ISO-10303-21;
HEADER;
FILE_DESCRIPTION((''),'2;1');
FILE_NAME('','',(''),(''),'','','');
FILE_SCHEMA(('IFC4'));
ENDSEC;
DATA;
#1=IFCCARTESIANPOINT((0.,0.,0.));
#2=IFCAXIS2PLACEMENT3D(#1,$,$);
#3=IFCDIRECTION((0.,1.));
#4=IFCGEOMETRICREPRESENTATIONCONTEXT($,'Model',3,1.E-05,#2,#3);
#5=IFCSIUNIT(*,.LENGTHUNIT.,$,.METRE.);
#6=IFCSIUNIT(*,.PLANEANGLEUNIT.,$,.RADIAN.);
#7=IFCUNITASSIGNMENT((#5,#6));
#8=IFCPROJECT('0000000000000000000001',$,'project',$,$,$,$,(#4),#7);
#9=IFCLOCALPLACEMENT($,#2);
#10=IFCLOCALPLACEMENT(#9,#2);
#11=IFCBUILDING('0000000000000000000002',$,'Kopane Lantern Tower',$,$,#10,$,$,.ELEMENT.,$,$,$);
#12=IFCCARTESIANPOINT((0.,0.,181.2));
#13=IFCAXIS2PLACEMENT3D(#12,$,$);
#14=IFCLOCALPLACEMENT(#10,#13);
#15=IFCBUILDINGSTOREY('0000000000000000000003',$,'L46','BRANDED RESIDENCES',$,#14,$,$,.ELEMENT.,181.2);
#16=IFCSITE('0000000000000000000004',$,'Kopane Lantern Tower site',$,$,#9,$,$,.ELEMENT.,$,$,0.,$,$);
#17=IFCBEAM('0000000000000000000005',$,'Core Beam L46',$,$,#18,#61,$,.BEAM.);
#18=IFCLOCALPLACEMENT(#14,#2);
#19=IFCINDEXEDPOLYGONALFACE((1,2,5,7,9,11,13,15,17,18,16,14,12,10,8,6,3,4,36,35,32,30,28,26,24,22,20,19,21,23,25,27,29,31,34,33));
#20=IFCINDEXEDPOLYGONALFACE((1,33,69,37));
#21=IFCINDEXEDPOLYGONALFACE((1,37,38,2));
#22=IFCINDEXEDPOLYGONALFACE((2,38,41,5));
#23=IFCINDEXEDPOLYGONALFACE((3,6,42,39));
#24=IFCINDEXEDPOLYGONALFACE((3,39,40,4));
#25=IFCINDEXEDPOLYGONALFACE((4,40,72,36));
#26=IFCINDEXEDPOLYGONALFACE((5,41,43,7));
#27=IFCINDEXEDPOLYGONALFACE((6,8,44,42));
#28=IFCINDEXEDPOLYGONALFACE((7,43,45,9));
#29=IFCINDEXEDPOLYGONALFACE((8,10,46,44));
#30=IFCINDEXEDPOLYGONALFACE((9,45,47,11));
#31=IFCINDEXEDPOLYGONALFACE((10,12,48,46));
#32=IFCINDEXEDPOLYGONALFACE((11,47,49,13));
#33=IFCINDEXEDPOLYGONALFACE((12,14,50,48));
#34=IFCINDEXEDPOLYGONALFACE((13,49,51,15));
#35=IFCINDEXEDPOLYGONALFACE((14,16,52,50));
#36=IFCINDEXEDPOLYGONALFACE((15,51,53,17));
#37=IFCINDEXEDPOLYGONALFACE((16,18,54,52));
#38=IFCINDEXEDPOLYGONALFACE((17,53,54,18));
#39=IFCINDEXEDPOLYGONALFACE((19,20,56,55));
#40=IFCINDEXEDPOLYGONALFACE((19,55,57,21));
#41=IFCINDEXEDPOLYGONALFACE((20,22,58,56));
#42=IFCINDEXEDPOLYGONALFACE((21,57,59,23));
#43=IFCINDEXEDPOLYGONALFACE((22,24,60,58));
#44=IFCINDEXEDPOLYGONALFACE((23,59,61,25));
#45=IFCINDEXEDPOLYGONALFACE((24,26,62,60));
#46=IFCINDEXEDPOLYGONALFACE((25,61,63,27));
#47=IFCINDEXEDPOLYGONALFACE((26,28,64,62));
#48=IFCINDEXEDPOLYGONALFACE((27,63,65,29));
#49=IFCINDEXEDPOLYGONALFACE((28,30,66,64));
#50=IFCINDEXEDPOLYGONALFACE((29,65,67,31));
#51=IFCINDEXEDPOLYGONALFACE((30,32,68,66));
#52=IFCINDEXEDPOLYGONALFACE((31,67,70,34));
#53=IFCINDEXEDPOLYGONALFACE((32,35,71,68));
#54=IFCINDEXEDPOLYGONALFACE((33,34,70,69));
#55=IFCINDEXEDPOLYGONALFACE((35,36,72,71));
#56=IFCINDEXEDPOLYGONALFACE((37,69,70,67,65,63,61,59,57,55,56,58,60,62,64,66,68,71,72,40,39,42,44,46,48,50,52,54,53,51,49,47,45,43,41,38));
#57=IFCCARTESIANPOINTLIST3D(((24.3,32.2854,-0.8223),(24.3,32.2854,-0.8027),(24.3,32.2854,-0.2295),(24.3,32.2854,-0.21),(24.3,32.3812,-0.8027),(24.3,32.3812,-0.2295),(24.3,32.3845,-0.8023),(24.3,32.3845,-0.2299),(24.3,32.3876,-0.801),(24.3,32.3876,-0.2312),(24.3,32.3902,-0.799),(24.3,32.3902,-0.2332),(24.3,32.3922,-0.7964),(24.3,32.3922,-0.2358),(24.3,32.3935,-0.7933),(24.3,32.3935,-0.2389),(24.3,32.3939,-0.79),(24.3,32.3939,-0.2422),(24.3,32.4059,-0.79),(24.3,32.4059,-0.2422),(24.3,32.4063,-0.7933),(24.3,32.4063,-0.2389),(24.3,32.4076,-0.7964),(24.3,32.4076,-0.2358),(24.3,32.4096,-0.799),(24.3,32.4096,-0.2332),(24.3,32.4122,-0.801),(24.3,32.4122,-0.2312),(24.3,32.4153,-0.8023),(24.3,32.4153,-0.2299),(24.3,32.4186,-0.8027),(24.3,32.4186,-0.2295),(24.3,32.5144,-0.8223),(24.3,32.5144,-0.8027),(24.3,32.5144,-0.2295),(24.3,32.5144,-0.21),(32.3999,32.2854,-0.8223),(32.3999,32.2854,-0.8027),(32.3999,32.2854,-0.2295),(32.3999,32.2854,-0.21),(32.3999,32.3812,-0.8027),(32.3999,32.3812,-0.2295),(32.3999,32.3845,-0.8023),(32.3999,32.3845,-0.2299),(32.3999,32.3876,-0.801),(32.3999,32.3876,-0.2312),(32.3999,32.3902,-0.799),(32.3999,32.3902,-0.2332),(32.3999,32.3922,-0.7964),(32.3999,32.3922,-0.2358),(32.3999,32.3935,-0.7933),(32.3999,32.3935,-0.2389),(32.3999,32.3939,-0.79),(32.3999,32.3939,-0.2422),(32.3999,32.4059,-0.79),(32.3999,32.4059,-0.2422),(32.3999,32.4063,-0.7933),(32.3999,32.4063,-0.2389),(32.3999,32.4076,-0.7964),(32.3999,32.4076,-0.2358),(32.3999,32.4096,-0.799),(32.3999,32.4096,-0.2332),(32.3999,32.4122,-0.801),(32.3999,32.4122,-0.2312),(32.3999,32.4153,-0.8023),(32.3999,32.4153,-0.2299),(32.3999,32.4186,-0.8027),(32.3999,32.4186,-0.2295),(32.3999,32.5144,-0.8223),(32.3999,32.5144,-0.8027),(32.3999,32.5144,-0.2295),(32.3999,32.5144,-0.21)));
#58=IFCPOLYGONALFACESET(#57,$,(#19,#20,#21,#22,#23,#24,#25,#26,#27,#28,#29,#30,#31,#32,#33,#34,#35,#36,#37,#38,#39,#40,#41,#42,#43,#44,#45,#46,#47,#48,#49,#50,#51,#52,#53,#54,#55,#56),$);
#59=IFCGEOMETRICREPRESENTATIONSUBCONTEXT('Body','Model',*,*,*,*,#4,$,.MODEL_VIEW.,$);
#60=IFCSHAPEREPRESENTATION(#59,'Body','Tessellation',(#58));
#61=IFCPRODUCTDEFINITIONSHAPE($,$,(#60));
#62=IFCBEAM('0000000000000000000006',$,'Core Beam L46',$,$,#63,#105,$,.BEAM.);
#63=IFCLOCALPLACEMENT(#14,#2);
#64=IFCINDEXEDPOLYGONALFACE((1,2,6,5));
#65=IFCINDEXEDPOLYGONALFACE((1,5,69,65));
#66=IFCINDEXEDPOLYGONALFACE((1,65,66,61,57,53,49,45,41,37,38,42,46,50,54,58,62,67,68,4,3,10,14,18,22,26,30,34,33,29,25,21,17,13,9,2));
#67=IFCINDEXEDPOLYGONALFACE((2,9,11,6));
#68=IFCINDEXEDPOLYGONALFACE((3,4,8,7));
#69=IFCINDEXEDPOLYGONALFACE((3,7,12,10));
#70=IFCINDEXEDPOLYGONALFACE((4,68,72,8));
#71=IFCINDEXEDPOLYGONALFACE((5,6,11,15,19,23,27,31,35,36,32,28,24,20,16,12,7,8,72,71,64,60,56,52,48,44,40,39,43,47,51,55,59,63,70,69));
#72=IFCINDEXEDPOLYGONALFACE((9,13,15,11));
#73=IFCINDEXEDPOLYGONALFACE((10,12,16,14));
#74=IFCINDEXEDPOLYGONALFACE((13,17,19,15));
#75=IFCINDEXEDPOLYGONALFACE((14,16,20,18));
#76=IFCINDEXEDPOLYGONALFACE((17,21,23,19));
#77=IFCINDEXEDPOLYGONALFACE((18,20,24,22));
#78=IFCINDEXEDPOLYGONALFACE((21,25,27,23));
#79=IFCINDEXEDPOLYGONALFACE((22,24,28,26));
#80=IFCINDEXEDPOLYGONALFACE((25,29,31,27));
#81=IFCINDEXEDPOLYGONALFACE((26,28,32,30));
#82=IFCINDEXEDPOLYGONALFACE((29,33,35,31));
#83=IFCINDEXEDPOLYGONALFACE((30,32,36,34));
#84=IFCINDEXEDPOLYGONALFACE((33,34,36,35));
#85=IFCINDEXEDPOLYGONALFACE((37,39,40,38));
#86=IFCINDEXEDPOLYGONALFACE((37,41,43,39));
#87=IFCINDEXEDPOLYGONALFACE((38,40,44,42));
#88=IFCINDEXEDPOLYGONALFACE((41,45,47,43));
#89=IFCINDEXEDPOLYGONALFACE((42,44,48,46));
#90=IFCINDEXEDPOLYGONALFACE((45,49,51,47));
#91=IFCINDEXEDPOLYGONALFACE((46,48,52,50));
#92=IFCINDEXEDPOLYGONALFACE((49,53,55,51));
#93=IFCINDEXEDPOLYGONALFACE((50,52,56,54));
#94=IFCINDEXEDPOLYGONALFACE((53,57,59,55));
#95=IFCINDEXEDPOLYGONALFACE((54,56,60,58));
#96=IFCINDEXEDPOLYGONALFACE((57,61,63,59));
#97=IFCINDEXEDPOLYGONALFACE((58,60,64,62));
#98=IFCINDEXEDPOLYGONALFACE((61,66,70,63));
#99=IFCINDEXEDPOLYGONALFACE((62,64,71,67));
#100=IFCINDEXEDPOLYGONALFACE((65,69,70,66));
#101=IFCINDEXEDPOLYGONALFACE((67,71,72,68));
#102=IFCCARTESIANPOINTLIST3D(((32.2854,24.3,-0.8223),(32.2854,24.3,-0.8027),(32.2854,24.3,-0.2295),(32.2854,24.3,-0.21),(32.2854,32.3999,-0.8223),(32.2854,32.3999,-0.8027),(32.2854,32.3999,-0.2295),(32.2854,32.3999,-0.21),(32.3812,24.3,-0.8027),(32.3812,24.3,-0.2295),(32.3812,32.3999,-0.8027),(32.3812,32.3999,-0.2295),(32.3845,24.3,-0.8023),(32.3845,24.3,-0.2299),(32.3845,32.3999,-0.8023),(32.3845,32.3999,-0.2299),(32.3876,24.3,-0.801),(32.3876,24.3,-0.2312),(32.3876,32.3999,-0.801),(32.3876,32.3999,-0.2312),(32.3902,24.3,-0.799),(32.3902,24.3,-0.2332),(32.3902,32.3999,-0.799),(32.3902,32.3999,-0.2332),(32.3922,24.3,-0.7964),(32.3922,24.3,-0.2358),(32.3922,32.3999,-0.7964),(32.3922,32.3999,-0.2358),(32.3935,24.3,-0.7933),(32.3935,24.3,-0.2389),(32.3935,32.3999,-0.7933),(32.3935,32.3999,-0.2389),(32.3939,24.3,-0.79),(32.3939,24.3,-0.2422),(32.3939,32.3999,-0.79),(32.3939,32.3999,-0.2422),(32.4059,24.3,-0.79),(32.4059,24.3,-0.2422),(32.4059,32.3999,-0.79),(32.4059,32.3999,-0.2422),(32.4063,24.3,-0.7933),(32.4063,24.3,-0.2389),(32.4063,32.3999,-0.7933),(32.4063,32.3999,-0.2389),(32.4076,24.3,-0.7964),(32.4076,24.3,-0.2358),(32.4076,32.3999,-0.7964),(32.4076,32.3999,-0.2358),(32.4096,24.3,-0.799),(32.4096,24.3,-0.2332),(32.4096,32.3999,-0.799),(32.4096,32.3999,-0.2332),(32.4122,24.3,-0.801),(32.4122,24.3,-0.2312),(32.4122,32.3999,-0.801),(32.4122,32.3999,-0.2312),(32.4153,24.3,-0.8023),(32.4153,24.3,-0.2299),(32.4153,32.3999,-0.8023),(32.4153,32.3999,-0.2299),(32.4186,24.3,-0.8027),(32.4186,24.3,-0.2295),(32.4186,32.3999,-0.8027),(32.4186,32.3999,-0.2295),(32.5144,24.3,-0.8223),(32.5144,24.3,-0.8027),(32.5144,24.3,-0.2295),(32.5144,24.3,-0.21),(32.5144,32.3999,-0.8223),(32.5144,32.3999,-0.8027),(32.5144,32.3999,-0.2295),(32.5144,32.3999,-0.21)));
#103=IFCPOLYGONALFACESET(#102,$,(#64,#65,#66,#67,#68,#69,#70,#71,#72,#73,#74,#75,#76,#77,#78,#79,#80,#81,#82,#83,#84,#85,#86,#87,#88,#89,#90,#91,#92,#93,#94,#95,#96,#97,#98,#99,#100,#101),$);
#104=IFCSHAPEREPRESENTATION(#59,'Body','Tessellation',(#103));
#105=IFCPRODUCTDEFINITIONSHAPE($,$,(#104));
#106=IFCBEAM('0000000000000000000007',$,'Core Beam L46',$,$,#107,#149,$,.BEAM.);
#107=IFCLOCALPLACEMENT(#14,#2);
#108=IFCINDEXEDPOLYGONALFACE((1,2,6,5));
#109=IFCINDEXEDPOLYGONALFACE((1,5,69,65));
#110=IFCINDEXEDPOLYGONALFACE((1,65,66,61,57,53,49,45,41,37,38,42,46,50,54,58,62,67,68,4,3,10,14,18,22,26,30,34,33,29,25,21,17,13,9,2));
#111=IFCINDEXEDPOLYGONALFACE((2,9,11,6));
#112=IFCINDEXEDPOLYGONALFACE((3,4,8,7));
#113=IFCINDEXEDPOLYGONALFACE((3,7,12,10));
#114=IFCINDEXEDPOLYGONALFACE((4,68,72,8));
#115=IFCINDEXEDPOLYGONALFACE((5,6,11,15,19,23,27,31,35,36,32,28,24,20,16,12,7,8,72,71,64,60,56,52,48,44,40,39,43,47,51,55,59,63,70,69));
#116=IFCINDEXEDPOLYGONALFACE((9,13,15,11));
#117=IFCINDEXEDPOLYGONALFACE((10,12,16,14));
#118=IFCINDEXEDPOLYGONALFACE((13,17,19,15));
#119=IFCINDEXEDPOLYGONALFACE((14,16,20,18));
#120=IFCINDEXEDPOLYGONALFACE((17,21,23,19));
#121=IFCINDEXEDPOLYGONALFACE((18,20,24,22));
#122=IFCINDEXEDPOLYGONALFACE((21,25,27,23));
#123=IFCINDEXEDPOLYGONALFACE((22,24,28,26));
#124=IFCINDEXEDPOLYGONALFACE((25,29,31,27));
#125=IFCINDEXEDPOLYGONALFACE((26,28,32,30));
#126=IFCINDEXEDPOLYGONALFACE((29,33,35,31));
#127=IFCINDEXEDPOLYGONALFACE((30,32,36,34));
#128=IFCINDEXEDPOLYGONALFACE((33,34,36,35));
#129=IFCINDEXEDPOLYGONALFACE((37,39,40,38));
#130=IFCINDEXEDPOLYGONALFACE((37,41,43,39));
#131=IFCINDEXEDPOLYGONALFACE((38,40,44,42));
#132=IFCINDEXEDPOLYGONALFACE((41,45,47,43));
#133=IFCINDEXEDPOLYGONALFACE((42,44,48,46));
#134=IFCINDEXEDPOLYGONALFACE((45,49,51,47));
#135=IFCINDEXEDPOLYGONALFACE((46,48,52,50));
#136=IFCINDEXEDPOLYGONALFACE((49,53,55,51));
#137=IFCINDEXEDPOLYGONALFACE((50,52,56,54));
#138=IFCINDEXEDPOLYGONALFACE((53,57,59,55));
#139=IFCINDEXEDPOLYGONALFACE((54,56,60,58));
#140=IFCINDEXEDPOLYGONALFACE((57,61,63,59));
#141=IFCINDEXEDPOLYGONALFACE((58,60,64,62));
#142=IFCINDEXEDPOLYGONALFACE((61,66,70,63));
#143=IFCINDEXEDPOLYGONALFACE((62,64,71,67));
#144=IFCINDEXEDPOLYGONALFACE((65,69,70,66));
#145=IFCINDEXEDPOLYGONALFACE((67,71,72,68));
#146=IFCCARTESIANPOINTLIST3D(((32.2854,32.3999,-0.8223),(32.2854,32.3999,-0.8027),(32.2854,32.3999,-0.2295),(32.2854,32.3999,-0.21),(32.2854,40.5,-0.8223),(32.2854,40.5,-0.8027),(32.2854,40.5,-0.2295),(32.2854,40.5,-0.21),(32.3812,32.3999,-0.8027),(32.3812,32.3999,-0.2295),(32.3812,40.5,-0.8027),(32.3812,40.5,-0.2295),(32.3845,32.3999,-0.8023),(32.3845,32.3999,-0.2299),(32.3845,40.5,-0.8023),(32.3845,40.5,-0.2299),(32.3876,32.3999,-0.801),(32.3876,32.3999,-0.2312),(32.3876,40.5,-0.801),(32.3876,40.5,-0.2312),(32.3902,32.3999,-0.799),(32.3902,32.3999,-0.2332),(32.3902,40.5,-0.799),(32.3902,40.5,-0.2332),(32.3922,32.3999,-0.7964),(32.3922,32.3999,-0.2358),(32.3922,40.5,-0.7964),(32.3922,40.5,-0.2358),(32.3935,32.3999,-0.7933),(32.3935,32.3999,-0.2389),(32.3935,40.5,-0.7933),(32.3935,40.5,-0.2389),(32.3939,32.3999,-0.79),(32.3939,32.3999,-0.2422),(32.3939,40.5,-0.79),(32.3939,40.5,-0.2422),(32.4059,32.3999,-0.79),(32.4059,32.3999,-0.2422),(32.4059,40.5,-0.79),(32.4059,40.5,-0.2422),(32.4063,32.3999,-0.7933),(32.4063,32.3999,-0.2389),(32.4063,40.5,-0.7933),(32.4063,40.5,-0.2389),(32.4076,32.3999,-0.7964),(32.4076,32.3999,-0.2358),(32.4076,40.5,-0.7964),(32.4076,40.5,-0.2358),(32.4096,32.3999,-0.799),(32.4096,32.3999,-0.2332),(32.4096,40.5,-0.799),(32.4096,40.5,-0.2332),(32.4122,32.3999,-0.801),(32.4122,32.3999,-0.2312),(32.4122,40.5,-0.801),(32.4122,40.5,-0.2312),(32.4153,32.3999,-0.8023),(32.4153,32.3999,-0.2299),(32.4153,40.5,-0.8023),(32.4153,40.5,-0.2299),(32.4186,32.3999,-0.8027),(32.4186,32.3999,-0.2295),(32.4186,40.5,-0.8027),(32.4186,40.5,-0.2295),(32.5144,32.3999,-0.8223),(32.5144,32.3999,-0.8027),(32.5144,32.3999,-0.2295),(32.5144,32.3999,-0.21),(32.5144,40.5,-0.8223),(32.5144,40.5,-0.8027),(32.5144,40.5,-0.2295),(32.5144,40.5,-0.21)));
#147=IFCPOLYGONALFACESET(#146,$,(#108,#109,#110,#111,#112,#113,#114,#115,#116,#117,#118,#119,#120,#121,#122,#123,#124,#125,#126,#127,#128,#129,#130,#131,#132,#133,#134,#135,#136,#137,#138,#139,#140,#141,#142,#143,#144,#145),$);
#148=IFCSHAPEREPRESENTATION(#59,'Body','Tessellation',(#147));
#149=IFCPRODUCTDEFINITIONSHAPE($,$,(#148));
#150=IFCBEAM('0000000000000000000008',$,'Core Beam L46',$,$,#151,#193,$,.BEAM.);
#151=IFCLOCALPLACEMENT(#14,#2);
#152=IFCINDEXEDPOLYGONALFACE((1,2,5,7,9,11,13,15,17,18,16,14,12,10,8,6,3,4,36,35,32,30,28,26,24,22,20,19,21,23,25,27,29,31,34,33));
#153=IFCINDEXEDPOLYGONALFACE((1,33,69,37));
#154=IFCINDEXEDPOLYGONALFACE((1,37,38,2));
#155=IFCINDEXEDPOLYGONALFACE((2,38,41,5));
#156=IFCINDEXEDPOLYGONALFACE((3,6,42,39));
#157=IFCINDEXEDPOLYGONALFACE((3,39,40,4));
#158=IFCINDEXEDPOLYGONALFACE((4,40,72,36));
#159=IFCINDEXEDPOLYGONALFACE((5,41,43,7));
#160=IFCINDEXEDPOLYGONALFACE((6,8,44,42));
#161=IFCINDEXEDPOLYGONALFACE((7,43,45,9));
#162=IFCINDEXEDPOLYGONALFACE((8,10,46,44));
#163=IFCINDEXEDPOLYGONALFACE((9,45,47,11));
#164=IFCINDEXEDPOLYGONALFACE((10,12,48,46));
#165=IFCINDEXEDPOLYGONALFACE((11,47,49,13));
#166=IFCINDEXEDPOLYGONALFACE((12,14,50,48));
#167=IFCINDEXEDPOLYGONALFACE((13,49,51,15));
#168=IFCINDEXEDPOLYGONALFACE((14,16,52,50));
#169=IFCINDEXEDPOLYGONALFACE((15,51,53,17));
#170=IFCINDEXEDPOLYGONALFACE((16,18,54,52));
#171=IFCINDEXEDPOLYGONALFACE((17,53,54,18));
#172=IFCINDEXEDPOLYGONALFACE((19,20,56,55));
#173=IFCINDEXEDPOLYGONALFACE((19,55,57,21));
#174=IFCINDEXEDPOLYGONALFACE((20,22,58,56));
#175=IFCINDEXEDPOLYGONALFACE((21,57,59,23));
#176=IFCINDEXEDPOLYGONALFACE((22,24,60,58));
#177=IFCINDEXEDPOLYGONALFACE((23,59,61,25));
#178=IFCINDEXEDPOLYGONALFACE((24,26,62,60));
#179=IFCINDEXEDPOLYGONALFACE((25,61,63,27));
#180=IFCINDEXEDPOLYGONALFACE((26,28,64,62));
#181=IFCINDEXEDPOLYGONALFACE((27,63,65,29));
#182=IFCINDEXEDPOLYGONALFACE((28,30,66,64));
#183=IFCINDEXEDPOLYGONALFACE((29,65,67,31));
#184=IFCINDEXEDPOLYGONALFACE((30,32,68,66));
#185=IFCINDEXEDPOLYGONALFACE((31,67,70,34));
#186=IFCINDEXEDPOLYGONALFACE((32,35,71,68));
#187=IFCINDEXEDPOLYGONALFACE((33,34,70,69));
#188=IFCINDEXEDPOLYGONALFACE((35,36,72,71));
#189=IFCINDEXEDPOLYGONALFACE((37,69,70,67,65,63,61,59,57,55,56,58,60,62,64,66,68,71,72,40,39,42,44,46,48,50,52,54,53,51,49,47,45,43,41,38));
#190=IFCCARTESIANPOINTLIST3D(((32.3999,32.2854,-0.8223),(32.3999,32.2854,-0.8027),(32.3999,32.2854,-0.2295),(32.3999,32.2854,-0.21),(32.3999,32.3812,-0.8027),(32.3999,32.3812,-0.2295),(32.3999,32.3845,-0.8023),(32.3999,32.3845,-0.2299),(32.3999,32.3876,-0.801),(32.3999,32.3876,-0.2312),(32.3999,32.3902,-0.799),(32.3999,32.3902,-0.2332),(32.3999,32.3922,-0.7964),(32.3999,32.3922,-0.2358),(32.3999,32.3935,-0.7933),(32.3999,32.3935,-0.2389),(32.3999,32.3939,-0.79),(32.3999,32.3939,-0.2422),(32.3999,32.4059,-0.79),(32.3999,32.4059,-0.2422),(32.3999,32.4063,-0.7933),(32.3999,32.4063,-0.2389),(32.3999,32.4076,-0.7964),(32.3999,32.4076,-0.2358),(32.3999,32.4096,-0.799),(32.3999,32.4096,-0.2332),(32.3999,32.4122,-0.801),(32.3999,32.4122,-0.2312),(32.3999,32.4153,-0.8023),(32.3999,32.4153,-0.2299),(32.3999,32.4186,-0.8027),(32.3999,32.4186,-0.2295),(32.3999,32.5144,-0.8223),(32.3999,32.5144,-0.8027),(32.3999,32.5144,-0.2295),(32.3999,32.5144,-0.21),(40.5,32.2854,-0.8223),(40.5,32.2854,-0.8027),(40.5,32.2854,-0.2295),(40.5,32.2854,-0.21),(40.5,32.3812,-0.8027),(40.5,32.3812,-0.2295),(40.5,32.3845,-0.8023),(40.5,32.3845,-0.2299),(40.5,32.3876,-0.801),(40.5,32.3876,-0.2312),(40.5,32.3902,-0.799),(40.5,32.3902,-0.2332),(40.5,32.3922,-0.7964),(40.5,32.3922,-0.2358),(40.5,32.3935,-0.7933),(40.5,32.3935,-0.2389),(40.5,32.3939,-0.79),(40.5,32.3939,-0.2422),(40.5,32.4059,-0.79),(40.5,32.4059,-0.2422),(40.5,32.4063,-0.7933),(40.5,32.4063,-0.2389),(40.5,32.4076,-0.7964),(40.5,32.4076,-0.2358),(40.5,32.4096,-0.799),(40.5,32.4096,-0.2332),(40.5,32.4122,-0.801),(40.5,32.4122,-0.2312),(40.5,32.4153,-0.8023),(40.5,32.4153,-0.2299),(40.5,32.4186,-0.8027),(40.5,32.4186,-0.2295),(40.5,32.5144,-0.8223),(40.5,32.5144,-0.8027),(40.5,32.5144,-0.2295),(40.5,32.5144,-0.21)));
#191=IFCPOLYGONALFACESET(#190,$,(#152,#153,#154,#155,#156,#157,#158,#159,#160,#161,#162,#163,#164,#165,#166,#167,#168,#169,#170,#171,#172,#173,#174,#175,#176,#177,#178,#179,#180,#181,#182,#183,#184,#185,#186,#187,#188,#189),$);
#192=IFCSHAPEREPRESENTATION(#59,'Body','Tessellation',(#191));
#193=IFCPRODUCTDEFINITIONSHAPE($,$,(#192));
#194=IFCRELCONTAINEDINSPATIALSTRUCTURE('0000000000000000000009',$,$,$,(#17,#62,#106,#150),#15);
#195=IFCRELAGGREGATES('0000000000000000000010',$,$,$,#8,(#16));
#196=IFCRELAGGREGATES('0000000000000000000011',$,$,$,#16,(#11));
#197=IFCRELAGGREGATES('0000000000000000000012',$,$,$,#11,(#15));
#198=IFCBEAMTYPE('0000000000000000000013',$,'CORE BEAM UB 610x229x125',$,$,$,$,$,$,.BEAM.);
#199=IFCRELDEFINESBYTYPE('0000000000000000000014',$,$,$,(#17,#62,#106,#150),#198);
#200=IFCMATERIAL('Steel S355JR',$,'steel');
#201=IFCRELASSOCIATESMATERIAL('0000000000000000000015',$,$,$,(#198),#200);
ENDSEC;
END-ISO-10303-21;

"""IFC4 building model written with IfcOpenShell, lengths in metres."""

from ifc_helpers import new_model, si_unit, direction, frame, origin, origin_2d, place, context, subcontext, project, spatial, i_section, extrude, material, material_profile, profile_set, type_object, element, save


model = new_model("IFC4")

# Units and contexts
model_context = context("Model", 3, precision=1e-05, world=origin(), true_north=direction((0.0, 1.0)))
body_context = subcontext(model_context, "Body", "Model", "MODEL_VIEW")
ifc_project = project(units=[si_unit("LENGTHUNIT", "METRE"), si_unit("PLANEANGLEUNIT", "RADIAN")], contexts=[model_context])

# Site, building, storey
site_placement = place(None, origin())
site = spatial("IfcSite", under=ifc_project, at=site_placement, Name="Kopane Lantern Tower site", CompositionType="ELEMENT", RefElevation=0.0)
building_placement = place(site_placement, origin())
building = spatial("IfcBuilding", under=site, at=building_placement, Name="Kopane Lantern Tower", CompositionType="ELEMENT")
storey_placement = place(building_placement, frame((0.0, 0.0, 181.2)))
storey = spatial("IfcBuildingStorey", under=building, at=storey_placement, Name="L46", Description="BRANDED RESIDENCES", CompositionType="ELEMENT", Elevation=181.2)

# Beams
ifc_material_1 = material(Name="Steel S355JR", Category="steel")
ifc_material_profile_1 = material_profile(ifc_material_1, i_section(OverallWidth=0.229, OverallDepth=0.6123, WebThickness=0.012, FlangeThickness=0.0195, FilletRadius=0.0127, at=origin_2d()), Name="UB 610x229x125")
ifc_profile_set_1 = profile_set([ifc_material_profile_1], Name="Steel S355JR")
beam_type_1 = type_object("IfcBeamType", Name="CORE BEAM UB 610x229x125", PredefinedType="BEAM", material=ifc_profile_set_1)
for number, where, z_axis, x_axis, name in (
    (1, (24.3, 32.3999, -0.5161), (1.0, 0.0, 0.0), (0.0, 1.0, 0.0), "Core Beam L46"),
    (2, (32.3999, 24.3, -0.5161), (0.0, 1.0, 0.0), (-1.0, 0.0, 0.0), "Core Beam L46"),
):
    element("IfcBeam", number, at=place(storey_placement, frame(where, z_axis=z_axis, x_axis=x_axis)), inside=storey, type_object=beam_type_1, Name=name, PredefinedType="BEAM", context=body_context, shape_type="SweptSolid", body=[
        extrude(i_section(OverallWidth=0.229, OverallDepth=0.6123, WebThickness=0.012, FlangeThickness=0.0195, FilletRadius=0.0127, at=origin_2d()), origin(), (0.0, 0.0, 1.0), 8.0999),
    ])
for number, where, z_axis, x_axis, name in (
    (3, (32.3999, 32.3999, -0.5161), (0.0, 1.0, 0.0), (-1.0, 0.0, 0.0), "Core Beam L46"),
    (4, (32.3999, 32.3999, -0.5161), (1.0, 0.0, 0.0), (0.0, 1.0, 0.0), "Core Beam L46"),
):
    element("IfcBeam", number, at=place(storey_placement, frame(where, z_axis=z_axis, x_axis=x_axis)), inside=storey, type_object=beam_type_1, Name=name, PredefinedType="BEAM", context=body_context, shape_type="SweptSolid", body=[
        extrude(i_section(OverallWidth=0.229, OverallDepth=0.6123, WebThickness=0.012, FlangeThickness=0.0195, FilletRadius=0.0127, at=origin_2d()), origin(), (0.0, 0.0, 1.0), 8.1001),
    ])

save(model, "model.ifc")
